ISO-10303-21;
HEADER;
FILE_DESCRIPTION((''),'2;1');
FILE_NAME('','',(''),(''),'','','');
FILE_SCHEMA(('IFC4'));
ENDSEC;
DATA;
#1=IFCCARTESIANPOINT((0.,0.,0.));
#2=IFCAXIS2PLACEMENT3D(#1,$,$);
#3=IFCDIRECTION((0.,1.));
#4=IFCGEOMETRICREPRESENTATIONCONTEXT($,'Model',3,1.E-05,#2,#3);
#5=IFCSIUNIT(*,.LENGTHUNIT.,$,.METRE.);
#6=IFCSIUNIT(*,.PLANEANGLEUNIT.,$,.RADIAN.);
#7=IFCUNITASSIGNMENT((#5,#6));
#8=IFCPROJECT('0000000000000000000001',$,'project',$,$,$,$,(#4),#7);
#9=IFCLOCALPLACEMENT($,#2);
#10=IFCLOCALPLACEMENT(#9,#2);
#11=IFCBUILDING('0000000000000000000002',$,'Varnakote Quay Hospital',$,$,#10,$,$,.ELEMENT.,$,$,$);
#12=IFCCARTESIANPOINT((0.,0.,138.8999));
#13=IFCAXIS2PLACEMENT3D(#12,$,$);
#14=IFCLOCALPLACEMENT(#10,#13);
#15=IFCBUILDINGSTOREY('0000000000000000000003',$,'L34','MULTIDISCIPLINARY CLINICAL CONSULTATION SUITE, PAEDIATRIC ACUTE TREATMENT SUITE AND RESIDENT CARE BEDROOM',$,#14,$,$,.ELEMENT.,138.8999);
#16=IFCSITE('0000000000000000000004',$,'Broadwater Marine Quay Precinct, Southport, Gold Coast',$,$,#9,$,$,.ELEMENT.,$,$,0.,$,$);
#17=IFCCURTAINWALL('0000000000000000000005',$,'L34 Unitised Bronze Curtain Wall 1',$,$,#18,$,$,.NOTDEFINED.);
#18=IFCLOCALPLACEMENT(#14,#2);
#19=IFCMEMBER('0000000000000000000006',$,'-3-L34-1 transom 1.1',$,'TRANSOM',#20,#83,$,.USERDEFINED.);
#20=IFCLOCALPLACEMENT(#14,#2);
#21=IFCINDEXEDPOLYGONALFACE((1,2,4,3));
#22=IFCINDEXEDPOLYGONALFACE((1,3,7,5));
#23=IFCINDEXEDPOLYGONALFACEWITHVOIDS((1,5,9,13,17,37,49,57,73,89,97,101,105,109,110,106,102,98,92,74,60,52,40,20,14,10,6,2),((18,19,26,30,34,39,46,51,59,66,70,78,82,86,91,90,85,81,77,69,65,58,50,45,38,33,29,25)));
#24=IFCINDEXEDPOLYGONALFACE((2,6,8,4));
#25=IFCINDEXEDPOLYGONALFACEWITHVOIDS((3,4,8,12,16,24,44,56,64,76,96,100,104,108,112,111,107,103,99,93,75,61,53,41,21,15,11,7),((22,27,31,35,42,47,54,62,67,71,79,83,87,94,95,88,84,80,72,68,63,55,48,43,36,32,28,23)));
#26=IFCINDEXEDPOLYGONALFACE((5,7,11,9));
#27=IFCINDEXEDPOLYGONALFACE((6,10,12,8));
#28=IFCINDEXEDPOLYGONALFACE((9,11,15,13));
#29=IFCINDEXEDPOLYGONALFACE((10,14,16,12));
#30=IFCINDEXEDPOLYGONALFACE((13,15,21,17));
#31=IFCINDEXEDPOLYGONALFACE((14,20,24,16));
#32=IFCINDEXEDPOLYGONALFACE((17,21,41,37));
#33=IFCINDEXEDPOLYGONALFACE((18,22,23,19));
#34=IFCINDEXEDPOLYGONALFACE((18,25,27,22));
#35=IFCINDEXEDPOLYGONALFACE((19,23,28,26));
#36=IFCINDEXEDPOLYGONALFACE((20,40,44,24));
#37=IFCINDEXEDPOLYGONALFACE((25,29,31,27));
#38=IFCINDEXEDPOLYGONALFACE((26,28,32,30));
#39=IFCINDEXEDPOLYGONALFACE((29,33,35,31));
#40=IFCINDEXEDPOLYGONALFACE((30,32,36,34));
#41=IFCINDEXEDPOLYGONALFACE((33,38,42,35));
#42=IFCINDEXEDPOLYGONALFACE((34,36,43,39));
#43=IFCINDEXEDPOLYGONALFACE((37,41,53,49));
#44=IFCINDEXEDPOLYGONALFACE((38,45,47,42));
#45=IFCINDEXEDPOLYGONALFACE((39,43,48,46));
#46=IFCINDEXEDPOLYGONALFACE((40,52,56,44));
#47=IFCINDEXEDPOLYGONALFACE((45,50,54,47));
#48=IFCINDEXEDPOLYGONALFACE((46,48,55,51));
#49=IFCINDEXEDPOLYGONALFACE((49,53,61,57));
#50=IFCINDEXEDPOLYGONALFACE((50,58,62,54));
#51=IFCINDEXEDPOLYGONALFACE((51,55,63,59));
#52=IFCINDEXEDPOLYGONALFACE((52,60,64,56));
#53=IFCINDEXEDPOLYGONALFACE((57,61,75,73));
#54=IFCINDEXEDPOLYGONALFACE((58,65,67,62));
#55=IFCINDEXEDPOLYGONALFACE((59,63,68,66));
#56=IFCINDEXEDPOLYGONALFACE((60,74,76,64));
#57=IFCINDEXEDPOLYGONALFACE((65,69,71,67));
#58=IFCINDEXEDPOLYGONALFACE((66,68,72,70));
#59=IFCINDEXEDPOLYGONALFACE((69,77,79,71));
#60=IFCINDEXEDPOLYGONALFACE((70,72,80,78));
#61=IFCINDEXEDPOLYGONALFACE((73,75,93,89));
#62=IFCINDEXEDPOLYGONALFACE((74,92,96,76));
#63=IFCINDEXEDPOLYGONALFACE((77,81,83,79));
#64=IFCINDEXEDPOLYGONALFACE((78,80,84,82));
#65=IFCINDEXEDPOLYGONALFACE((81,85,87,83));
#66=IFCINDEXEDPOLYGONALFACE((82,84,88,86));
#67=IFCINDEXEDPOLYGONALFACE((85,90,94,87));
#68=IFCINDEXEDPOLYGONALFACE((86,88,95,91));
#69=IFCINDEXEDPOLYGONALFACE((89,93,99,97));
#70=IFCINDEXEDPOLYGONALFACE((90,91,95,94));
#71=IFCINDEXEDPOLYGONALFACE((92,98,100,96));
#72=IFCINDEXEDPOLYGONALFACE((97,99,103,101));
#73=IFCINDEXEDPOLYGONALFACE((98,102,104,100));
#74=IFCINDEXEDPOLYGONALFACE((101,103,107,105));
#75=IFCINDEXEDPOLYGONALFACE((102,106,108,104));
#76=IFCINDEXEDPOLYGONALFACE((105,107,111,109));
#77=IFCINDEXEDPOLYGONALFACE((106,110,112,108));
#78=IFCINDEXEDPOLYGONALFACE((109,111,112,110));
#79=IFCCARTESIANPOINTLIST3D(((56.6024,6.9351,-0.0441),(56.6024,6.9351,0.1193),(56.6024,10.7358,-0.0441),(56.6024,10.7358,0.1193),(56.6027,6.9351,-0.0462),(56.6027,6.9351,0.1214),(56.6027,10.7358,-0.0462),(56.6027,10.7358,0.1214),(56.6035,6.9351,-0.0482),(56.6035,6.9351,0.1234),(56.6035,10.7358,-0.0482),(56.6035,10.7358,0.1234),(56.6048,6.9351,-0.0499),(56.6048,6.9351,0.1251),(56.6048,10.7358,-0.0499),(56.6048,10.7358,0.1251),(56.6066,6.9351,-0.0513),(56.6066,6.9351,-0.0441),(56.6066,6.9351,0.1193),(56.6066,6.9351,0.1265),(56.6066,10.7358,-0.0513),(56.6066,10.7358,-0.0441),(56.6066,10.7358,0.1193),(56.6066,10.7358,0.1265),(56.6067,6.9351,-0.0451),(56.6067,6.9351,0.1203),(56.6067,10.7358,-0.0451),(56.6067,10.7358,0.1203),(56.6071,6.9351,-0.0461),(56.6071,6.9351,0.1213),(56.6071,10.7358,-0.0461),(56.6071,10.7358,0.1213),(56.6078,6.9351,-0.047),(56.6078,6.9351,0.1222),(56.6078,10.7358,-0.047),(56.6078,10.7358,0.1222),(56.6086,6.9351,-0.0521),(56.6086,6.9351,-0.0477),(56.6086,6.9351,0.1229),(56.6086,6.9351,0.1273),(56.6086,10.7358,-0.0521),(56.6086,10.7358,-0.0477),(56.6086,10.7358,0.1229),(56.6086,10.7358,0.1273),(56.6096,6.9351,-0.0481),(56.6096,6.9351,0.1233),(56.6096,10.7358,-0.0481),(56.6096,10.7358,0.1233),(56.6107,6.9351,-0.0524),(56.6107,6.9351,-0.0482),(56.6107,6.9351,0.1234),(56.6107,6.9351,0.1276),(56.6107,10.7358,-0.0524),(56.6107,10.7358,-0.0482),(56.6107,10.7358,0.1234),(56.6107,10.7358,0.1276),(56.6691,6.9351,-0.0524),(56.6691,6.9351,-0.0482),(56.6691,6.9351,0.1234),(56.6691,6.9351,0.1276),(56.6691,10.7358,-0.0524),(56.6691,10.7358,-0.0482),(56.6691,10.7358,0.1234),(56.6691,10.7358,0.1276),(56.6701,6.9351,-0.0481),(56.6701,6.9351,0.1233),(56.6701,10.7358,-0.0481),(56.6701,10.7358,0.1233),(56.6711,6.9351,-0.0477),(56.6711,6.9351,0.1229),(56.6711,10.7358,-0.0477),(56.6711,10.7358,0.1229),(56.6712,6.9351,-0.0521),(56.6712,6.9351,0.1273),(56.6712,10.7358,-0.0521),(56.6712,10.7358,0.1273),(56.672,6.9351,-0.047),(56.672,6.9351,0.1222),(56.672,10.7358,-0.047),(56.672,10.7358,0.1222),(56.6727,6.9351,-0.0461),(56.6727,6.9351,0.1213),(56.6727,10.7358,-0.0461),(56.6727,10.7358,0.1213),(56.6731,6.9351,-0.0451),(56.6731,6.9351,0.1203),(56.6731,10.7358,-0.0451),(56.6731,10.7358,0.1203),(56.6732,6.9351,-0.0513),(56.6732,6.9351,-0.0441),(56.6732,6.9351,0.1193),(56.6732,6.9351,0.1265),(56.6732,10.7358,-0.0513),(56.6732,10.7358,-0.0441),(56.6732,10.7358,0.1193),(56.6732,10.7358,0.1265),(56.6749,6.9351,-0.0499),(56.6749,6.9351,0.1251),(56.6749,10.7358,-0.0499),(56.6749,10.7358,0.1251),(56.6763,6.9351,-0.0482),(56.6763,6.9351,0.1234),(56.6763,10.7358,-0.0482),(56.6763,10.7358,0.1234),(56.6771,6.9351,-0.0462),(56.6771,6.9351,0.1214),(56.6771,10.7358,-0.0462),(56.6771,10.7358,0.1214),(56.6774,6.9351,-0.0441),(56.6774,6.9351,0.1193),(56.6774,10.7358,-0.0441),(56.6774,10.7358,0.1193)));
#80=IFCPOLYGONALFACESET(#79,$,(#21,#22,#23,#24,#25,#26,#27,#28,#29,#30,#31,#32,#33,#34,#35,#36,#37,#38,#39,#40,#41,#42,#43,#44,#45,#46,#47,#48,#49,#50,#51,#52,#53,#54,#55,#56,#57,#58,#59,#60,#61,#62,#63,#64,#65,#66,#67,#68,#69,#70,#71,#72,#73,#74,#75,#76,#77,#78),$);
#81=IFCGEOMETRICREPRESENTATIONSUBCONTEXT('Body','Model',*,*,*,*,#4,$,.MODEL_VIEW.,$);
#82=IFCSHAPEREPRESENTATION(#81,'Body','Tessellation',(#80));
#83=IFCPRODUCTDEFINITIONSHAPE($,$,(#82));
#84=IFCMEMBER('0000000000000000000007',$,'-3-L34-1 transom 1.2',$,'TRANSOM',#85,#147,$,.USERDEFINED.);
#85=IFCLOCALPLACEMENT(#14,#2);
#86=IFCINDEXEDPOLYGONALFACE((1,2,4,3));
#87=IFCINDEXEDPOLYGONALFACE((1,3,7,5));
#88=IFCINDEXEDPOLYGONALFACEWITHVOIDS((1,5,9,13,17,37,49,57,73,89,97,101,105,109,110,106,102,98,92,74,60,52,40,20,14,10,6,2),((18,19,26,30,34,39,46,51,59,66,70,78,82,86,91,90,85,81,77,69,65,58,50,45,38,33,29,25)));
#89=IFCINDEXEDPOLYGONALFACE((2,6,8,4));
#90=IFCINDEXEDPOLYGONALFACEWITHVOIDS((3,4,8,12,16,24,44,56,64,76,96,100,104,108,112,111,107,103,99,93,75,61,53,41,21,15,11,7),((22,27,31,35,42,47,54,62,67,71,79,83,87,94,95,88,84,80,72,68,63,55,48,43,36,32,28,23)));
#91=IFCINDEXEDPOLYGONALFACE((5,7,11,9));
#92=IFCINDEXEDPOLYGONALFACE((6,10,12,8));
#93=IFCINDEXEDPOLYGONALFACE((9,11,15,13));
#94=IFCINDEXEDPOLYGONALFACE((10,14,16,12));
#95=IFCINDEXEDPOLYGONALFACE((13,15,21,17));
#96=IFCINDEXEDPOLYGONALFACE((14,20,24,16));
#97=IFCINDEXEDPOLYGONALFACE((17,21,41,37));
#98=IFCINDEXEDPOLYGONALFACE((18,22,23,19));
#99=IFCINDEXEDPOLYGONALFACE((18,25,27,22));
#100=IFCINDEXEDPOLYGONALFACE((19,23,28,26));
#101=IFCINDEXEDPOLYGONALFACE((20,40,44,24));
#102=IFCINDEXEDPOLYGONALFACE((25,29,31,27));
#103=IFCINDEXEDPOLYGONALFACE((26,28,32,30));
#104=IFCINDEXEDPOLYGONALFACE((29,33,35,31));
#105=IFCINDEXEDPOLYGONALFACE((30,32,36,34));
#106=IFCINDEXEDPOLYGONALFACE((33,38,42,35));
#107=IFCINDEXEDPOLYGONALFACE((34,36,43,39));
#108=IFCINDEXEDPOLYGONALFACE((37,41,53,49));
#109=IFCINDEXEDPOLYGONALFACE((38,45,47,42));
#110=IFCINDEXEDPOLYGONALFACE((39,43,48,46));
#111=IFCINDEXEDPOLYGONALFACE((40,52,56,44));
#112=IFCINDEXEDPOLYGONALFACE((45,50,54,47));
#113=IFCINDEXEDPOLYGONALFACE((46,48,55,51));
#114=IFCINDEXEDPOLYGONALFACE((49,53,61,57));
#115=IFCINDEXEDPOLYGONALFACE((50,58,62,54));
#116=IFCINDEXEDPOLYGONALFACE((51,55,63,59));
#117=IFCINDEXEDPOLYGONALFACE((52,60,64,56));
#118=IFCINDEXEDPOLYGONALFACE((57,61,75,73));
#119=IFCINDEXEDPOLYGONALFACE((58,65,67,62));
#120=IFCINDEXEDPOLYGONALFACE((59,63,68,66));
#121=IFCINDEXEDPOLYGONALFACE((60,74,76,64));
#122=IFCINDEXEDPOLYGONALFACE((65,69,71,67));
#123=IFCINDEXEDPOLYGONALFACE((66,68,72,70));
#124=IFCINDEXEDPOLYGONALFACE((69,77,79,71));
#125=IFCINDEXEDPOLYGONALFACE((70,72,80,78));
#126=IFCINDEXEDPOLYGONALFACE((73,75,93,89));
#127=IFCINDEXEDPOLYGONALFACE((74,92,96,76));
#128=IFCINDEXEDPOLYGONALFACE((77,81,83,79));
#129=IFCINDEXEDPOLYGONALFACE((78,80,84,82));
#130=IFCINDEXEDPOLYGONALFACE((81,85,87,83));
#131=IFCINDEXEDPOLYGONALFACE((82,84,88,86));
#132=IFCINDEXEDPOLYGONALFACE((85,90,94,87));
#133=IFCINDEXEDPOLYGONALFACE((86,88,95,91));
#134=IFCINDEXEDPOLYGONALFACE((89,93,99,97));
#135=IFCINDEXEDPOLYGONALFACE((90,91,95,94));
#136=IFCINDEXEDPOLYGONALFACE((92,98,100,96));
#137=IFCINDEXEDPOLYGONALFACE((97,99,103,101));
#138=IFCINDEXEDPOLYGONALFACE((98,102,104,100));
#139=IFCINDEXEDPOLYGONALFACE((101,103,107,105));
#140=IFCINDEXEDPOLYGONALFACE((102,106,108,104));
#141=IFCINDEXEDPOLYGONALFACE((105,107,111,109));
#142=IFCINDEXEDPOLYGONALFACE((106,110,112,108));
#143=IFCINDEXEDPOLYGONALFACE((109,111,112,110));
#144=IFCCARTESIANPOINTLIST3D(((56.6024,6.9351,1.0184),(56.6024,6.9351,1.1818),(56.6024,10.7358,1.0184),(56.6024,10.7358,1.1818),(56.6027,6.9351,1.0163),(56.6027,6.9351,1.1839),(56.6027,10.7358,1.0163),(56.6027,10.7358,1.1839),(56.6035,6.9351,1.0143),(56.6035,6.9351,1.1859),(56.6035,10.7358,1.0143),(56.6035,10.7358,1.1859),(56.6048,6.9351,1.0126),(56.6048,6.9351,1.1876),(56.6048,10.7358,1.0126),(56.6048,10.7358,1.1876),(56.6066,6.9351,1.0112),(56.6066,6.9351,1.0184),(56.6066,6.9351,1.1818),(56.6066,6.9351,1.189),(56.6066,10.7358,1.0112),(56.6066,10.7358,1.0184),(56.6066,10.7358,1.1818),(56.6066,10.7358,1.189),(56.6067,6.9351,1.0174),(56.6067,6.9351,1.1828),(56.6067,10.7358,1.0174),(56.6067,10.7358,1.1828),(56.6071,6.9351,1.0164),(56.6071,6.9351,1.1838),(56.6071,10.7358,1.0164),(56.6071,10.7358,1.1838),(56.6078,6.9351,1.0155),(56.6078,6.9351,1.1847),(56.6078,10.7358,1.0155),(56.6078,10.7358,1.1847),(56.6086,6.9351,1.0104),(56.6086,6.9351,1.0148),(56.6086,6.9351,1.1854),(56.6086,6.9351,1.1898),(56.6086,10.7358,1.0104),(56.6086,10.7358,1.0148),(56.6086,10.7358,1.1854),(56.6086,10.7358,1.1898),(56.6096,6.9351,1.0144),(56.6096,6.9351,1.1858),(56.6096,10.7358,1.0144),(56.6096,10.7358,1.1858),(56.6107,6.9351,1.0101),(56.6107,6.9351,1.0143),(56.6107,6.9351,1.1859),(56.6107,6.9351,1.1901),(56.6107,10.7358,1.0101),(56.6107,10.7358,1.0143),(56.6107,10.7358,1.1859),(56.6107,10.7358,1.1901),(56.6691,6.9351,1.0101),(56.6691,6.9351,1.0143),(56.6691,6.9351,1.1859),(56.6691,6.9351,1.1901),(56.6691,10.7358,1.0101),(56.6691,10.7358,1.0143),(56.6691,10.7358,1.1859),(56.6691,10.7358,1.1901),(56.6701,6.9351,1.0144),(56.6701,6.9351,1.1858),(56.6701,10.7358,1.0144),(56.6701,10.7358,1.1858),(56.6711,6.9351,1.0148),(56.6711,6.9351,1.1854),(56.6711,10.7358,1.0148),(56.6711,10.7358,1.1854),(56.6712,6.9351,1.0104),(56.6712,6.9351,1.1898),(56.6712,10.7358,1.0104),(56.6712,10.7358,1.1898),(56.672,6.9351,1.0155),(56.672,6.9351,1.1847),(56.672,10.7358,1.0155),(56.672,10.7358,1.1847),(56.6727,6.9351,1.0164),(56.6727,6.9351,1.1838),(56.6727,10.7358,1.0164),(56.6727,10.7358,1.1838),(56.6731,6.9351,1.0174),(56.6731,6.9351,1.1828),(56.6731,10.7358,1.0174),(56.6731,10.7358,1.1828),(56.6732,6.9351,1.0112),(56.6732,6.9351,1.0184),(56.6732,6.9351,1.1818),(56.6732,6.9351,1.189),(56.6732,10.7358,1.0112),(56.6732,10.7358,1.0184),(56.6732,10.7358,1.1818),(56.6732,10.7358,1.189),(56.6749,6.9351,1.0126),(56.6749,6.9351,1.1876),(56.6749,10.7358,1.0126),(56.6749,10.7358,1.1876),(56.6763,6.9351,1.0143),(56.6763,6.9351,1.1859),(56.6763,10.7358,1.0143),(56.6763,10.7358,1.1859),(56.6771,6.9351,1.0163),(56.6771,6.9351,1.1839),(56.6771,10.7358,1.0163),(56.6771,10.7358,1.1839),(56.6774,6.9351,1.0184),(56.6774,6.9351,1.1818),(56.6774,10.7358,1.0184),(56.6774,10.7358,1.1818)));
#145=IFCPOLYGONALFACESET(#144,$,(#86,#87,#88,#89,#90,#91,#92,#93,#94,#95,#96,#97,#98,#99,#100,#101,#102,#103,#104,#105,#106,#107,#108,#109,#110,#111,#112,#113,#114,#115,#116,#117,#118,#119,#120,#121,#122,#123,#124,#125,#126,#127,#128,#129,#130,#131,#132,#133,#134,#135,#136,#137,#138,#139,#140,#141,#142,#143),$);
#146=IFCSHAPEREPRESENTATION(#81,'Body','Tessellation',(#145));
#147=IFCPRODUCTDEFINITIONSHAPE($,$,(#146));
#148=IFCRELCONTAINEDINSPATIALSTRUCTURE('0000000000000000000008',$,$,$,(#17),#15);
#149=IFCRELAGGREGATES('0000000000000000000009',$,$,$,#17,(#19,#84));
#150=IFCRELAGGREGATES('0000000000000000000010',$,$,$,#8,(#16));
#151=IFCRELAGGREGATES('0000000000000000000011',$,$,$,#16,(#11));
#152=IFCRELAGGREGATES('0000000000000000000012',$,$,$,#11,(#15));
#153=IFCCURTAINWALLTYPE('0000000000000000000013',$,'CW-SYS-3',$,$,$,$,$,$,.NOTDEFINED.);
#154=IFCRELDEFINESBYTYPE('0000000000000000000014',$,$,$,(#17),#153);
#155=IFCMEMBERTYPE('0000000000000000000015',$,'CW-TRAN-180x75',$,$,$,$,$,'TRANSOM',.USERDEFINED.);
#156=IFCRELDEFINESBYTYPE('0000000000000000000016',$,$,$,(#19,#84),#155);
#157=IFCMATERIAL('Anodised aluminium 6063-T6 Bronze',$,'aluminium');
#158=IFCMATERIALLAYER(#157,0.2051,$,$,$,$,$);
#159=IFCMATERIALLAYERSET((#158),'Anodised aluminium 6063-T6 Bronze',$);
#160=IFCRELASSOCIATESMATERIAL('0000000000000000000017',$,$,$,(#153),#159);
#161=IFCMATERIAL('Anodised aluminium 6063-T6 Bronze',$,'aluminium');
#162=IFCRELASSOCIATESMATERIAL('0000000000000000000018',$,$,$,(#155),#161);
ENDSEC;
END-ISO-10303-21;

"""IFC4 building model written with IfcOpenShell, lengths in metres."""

from ifc_helpers import new_model, si_unit, direction, frame, origin, origin_2d, place, context, subcontext, project, spatial, hollow_rectangle, extrude, material, layer, layer_set, material_profile, profile_set, type_object, element, aggregate, save


model = new_model("IFC4")

# Units and contexts
model_context = context("Model", 3, precision=1e-05, world=origin(), true_north=direction((0.0, 1.0)))
body_context = subcontext(model_context, "Body", "Model", "MODEL_VIEW")
ifc_project = project(units=[si_unit("LENGTHUNIT", "METRE"), si_unit("PLANEANGLEUNIT", "RADIAN")], contexts=[model_context])

# Site, building, storey
site_placement = place(None, origin())
site = spatial("IfcSite", under=ifc_project, at=site_placement, Name="Broadwater Marine Quay Precinct, Southport, Gold Coast", CompositionType="ELEMENT", RefElevation=0.0)
building_placement = place(site_placement, origin())
building = spatial("IfcBuilding", under=site, at=building_placement, Name="Varnakote Quay Hospital", CompositionType="ELEMENT")
storey_placement = place(building_placement, frame((0.0, 0.0, 138.8999)))
storey = spatial("IfcBuildingStorey", under=building, at=storey_placement, Name="L34", Description="MULTIDISCIPLINARY CLINICAL CONSULTATION SUITE, PAEDIATRIC ACUTE TREATMENT SUITE AND RESIDENT CARE BEDROOM", CompositionType="ELEMENT", Elevation=138.8999)

# Curtain wall, members
ifc_material_1 = material(Name="Anodised aluminium 6063-T6 Bronze", Category="aluminium")
ifc_layer_1 = layer(ifc_material_1, 0.2051)
ifc_layer_set_1 = layer_set([ifc_layer_1], Name="Anodised aluminium 6063-T6 Bronze")
curtain_wall_type = type_object("IfcCurtainWallType", Name="CW-SYS-3", PredefinedType="NOTDEFINED", material=ifc_layer_set_1)
curtain_wall_placement = place(storey_placement, origin())
curtain_wall = element("IfcCurtainWall", 1, at=curtain_wall_placement, inside=storey, type_object=curtain_wall_type, Name="L34 Unitised Bronze Curtain Wall 1", PredefinedType="NOTDEFINED")
ifc_material_2 = material(Name="Anodised aluminium 6063-T6 Bronze", Category="aluminium")
ifc_material_profile_1 = material_profile(ifc_material_2, hollow_rectangle(XDim=0.075, YDim=0.1799, WallThickness=0.0042, InnerFilletRadius=0.0042, OuterFilletRadius=0.0083, at=origin_2d()), Name="CW-TRAN-180x75")
ifc_profile_set_1 = profile_set([ifc_material_profile_1], Name="Anodised aluminium 6063-T6 Bronze")
member_type_1 = type_object("IfcMemberType", Name="CW-TRAN-180x75", ElementType="TRANSOM", PredefinedType="USERDEFINED", material=ifc_profile_set_1)
member_1_placement = place(storey_placement, frame((56.6399, 6.9351, 0.0376), z_axis=(0.0, 1.0, 0.0), x_axis=(-1.0, 0.0, 0.0)))
member_1 = element("IfcMember", 2, at=member_1_placement, type_object=member_type_1, Name="-3-L34-1 transom 1.1", ObjectType="TRANSOM", PredefinedType="USERDEFINED", context=body_context, shape_type="SweptSolid", body=[
    extrude(hollow_rectangle(XDim=0.075, YDim=0.1799, WallThickness=0.0042, InnerFilletRadius=0.0042, OuterFilletRadius=0.0083, at=origin_2d()), origin(), (0.0, 0.0, 1.0), 3.8008),
])
member_2_placement = place(storey_placement, frame((56.6399, 6.9351, 1.1001), z_axis=(0.0, 1.0, 0.0), x_axis=(-1.0, 0.0, 0.0)))
member_2 = element("IfcMember", 3, at=member_2_placement, type_object=member_type_1, Name="-3-L34-1 transom 1.2", ObjectType="TRANSOM", PredefinedType="USERDEFINED", context=body_context, shape_type="SweptSolid", body=[
    extrude(hollow_rectangle(XDim=0.075, YDim=0.1799, WallThickness=0.0042, InnerFilletRadius=0.0042, OuterFilletRadius=0.0083, at=origin_2d()), origin(), (0.0, 0.0, 1.0), 3.8008),
])
aggregate(curtain_wall, [member_1, member_2])

save(model, "model.ifc")
